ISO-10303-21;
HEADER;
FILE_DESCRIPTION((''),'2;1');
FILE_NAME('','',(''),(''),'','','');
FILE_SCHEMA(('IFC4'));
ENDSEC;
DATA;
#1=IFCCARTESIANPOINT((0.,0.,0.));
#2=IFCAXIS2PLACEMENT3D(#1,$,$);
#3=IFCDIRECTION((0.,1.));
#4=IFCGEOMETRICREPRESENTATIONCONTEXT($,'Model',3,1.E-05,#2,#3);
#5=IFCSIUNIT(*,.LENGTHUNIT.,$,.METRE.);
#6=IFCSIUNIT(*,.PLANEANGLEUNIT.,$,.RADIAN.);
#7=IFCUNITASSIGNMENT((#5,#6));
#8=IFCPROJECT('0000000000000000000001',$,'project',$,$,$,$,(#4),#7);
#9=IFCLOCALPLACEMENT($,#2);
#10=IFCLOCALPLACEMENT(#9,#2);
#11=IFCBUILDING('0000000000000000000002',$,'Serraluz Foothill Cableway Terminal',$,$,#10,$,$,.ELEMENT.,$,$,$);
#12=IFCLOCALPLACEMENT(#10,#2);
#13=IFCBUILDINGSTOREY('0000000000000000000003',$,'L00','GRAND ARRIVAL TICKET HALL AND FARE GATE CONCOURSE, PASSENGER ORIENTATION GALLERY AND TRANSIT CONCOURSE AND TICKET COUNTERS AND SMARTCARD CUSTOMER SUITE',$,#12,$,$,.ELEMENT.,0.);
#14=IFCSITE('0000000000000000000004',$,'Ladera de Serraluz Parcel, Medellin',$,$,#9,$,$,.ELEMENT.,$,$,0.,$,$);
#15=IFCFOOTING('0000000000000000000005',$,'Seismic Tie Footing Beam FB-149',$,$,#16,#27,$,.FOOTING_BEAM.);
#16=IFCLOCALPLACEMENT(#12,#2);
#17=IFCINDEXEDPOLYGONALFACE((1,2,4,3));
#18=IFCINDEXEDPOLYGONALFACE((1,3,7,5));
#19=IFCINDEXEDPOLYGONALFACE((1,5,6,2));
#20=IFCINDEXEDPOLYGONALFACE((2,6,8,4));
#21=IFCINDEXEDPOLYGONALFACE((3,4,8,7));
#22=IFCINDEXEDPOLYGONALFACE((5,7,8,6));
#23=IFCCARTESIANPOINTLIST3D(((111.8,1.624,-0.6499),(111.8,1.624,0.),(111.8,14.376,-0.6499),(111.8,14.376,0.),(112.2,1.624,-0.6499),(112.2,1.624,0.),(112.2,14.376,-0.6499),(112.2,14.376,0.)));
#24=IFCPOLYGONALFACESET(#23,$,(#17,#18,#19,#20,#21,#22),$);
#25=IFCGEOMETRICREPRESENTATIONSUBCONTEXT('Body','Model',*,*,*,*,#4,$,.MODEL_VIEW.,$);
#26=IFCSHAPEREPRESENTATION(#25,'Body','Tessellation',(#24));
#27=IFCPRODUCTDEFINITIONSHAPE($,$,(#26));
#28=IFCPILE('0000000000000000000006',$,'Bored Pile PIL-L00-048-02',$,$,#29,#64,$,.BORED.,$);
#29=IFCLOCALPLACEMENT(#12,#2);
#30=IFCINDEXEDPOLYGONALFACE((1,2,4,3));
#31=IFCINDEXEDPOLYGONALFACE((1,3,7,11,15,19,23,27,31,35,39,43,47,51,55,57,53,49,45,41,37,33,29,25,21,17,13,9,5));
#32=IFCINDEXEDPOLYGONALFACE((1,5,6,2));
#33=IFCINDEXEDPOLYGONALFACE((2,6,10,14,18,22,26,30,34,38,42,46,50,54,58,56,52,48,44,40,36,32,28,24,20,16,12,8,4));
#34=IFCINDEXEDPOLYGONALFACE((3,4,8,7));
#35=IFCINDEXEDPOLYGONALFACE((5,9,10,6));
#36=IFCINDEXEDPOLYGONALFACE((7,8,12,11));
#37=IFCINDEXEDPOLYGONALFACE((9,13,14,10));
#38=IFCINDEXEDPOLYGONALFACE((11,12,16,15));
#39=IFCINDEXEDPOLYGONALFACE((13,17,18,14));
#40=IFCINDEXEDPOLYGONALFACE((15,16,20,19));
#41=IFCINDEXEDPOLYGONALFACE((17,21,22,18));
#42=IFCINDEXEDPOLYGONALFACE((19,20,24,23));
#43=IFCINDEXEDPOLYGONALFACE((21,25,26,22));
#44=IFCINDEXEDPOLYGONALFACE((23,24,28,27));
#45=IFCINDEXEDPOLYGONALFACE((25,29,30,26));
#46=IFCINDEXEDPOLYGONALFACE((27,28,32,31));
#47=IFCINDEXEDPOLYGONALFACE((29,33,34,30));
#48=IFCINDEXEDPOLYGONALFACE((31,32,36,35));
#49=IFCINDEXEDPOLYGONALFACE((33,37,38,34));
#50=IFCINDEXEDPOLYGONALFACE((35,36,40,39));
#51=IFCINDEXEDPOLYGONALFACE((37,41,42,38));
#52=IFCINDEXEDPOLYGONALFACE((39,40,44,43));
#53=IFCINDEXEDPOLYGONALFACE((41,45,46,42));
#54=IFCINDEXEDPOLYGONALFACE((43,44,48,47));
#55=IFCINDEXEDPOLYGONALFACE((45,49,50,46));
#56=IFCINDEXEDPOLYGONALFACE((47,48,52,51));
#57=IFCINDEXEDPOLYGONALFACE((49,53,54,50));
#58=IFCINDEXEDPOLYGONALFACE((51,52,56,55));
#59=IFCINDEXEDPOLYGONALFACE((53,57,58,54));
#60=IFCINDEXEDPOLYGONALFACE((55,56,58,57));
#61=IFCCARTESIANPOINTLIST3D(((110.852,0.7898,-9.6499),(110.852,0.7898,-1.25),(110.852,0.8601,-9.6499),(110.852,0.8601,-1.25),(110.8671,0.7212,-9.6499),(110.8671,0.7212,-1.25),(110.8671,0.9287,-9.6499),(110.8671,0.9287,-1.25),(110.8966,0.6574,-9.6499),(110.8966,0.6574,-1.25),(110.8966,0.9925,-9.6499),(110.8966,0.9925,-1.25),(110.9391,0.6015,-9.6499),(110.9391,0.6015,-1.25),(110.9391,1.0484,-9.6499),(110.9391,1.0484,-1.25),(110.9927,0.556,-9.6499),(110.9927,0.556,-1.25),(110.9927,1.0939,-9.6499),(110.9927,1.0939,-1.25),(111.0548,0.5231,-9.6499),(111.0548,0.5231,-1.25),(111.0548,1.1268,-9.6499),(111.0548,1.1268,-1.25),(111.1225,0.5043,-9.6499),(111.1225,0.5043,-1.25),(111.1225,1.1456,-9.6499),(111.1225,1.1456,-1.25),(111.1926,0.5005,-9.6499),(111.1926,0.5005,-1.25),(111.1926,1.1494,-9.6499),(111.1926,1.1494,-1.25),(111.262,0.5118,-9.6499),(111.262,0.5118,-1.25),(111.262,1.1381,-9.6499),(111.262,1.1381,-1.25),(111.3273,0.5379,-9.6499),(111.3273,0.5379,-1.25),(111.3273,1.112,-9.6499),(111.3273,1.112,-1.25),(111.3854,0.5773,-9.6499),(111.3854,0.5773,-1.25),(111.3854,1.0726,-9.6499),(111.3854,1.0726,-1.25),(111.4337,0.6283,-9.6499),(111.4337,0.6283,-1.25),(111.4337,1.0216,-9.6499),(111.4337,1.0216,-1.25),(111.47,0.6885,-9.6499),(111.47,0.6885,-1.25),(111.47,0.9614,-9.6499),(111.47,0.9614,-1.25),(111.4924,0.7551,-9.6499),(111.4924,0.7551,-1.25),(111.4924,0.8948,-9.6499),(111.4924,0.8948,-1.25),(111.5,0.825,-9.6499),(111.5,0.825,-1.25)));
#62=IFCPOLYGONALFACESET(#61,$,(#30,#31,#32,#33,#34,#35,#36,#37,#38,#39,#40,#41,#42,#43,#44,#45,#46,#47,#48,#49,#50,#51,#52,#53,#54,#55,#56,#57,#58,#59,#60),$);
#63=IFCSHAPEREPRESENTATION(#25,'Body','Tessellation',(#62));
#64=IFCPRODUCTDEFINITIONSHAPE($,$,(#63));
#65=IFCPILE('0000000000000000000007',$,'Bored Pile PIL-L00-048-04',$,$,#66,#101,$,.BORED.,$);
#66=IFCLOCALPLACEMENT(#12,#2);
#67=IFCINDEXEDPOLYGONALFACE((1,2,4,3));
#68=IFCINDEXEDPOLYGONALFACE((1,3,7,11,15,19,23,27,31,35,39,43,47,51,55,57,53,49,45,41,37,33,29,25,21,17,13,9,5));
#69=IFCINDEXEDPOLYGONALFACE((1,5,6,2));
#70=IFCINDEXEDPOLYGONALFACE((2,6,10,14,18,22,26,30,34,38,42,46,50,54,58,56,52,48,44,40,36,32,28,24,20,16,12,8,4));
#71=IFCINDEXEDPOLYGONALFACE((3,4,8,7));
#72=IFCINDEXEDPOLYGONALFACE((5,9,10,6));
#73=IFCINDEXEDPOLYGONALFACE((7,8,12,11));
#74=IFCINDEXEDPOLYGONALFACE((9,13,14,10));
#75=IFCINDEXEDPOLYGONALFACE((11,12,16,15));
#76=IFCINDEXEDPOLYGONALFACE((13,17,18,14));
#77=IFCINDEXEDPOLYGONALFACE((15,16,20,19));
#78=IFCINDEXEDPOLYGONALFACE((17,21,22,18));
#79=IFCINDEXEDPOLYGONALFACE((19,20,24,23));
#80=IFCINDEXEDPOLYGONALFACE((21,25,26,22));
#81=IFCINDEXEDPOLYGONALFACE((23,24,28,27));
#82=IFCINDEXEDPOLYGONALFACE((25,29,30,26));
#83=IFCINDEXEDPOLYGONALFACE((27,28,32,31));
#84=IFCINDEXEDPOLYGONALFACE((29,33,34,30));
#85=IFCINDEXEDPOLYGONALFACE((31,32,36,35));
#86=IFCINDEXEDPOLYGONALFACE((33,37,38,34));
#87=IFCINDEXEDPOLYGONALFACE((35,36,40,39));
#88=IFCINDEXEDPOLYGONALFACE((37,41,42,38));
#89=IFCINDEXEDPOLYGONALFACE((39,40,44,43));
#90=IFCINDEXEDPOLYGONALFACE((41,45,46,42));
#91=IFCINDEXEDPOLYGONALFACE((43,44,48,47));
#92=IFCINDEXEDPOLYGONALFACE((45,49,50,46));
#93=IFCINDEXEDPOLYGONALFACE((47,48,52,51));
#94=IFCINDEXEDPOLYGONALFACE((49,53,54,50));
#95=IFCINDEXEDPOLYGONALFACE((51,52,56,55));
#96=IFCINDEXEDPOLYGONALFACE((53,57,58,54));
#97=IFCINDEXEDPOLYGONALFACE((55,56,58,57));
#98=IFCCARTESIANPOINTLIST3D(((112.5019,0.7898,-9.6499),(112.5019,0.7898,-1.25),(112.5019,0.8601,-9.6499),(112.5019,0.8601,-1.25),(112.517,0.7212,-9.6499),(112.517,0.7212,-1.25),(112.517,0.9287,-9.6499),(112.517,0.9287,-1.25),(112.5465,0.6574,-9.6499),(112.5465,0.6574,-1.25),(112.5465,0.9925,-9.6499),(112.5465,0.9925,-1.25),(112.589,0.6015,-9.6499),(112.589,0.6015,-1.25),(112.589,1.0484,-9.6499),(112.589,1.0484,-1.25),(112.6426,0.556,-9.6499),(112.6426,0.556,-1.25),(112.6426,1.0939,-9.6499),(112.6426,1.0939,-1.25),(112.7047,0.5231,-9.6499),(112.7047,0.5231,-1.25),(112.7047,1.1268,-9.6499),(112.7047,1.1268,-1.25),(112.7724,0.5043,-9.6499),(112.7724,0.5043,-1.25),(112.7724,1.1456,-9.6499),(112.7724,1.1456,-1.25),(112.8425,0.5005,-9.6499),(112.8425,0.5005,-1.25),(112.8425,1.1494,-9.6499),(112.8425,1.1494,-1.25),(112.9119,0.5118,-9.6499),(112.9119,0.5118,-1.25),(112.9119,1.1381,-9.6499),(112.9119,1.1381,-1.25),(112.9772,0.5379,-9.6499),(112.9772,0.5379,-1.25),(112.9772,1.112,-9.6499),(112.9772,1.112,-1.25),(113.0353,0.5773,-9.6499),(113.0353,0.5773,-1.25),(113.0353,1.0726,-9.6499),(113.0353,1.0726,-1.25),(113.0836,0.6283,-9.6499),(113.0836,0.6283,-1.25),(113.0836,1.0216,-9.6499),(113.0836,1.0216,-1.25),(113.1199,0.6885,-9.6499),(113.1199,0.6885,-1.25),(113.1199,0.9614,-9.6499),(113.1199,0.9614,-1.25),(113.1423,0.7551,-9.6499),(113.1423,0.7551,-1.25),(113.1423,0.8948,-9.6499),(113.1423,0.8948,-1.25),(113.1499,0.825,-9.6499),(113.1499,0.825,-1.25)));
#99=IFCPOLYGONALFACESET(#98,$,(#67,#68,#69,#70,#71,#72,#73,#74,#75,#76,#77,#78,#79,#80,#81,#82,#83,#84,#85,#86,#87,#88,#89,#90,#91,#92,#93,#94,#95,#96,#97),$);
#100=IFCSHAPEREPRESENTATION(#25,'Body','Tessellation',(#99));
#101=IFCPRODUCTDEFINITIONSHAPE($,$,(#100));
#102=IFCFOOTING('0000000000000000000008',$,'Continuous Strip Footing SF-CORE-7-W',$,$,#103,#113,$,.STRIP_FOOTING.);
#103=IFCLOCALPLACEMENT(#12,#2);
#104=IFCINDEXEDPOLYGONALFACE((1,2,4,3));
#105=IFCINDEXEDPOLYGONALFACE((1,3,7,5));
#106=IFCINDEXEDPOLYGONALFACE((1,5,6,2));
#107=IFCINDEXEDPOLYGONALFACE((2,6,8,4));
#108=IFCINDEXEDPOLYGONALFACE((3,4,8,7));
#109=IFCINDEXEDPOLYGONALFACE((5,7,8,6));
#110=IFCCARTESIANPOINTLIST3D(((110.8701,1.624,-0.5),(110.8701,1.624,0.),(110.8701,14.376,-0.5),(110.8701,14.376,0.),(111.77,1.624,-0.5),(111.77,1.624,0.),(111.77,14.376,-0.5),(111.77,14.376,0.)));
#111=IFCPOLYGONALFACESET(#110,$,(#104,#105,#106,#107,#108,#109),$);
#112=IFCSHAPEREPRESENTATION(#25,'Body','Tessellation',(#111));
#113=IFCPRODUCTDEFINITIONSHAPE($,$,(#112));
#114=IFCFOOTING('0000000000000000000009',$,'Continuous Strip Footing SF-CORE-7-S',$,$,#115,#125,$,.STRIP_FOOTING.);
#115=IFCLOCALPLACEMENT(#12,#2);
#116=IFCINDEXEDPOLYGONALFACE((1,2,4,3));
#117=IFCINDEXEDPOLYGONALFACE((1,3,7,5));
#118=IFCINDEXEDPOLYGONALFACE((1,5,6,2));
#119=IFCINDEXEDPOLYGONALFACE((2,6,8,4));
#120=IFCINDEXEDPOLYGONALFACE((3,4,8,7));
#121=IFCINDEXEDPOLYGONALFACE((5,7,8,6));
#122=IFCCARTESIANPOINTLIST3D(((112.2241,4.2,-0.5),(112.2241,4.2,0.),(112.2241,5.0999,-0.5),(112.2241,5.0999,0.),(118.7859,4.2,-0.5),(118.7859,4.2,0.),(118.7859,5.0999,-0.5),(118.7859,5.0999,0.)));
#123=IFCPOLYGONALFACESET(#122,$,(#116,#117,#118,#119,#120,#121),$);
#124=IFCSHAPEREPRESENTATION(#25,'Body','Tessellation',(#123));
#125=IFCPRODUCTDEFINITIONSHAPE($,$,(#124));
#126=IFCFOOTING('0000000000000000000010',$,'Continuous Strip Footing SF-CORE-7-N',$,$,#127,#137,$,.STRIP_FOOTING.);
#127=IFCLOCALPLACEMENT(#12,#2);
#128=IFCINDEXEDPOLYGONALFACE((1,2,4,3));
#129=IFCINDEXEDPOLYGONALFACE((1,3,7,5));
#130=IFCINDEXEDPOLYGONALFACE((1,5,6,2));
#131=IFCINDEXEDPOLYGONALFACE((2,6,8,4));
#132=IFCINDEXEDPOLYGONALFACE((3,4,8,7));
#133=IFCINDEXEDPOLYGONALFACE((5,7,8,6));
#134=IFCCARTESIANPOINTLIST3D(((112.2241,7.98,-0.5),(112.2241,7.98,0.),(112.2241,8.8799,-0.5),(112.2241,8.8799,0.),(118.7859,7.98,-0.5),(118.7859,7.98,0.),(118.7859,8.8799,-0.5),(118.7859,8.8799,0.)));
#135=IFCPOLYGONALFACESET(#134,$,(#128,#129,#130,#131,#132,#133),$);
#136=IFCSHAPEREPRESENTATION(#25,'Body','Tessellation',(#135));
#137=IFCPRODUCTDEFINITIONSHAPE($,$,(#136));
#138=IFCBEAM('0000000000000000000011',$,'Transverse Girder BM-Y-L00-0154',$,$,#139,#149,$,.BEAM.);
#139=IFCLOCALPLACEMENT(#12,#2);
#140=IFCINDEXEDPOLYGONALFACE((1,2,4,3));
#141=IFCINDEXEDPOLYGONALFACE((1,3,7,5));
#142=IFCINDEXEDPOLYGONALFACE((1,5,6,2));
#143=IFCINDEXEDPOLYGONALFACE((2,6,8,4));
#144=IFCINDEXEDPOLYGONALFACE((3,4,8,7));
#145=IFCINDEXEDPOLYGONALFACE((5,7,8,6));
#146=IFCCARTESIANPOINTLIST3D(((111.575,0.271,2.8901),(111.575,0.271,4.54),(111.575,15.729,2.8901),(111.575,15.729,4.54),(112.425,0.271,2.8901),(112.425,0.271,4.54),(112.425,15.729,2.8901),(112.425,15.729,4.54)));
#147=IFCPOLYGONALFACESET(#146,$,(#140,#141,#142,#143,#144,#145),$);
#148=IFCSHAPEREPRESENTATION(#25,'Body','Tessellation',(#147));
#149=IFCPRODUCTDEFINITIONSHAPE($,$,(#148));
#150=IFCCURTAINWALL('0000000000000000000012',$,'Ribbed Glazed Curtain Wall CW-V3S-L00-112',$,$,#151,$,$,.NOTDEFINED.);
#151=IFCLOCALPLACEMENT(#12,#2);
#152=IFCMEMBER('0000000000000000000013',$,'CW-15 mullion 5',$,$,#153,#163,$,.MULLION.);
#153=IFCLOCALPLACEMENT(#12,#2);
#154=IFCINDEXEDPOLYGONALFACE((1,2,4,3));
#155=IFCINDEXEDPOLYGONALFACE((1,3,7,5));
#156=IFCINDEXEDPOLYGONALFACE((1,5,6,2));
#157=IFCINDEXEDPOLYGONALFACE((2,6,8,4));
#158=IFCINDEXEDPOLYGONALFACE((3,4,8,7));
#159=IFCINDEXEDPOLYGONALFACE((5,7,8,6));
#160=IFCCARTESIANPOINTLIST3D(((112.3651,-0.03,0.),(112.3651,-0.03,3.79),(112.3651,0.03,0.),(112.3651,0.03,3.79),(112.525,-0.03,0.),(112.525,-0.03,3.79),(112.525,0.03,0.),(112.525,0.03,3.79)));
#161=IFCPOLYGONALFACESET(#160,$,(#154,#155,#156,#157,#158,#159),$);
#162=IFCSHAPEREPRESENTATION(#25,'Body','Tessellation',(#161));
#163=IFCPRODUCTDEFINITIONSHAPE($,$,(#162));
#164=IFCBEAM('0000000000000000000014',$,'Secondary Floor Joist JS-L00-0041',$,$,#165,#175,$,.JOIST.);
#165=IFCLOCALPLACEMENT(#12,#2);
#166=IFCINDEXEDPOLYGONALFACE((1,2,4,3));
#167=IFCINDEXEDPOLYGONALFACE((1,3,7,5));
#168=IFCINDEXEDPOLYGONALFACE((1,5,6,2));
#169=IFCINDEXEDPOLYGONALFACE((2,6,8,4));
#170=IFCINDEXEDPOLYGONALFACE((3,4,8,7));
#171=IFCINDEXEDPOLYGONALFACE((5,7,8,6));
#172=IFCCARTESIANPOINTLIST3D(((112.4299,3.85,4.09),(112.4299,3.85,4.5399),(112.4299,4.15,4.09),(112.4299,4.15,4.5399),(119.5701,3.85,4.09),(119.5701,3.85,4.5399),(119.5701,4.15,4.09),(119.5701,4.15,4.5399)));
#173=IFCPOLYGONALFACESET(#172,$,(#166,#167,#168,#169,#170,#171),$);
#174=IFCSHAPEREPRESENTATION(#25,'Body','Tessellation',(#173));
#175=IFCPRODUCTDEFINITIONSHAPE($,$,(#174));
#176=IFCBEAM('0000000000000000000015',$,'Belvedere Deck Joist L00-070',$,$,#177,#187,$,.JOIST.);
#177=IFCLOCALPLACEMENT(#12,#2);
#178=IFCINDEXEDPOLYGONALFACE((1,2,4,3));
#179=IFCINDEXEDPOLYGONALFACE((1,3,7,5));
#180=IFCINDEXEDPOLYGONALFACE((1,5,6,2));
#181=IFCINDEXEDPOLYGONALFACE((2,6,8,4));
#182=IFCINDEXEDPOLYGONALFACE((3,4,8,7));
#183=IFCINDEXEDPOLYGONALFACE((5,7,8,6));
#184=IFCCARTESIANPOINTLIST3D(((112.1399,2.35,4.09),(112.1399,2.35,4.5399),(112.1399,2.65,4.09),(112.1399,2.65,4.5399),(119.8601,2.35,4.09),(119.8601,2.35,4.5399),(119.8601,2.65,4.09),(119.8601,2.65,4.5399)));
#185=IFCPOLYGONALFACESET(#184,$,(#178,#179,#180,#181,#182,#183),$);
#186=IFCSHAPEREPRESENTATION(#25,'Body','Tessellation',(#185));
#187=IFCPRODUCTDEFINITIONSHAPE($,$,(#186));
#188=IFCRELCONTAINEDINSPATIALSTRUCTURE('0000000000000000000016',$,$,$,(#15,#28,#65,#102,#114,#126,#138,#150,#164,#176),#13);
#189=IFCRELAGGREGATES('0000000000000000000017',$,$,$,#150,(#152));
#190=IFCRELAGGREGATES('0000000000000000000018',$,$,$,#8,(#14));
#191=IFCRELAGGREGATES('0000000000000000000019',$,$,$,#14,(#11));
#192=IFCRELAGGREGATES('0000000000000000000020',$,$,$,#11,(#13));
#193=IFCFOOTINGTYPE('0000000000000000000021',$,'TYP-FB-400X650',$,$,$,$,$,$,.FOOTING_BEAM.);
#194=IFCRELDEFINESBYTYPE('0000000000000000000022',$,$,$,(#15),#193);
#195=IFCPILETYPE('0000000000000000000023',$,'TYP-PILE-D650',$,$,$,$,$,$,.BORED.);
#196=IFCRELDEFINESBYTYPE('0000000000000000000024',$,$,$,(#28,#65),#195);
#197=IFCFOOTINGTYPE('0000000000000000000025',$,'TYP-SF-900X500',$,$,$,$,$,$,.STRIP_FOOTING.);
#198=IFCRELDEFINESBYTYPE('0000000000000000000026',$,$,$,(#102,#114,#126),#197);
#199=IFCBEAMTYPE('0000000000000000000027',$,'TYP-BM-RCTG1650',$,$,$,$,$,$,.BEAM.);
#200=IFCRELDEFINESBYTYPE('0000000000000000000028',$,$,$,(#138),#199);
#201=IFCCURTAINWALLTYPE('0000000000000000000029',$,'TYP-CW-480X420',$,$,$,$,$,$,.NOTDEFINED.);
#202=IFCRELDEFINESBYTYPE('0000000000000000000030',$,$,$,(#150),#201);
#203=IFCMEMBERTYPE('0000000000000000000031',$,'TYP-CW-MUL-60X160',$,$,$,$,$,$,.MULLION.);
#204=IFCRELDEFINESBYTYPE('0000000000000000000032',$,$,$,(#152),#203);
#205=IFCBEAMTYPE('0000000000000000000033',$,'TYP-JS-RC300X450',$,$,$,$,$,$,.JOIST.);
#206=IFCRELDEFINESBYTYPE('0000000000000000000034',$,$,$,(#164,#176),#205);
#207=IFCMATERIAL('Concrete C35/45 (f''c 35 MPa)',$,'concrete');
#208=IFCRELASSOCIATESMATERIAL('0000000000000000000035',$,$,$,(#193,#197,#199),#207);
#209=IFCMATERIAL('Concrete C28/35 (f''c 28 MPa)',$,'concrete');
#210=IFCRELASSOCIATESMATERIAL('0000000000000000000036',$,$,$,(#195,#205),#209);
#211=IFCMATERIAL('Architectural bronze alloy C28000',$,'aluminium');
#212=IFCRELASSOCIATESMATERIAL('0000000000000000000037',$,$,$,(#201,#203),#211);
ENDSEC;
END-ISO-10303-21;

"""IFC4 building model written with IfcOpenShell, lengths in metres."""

from ifc_helpers import new_model, si_unit, direction, frame, origin, origin_2d, place, context, subcontext, project, spatial, rectangle, circle, extrude, material, material_profile, profile_set, type_object, element, aggregate, save


model = new_model("IFC4")

# Units and contexts
model_context = context("Model", 3, precision=1e-05, world=origin(), true_north=direction((0.0, 1.0)))
body_context = subcontext(model_context, "Body", "Model", "MODEL_VIEW")
ifc_project = project(units=[si_unit("LENGTHUNIT", "METRE"), si_unit("PLANEANGLEUNIT", "RADIAN")], contexts=[model_context])

# Site, building, storey
site_placement = place(None, origin())
site = spatial("IfcSite", under=ifc_project, at=site_placement, Name="Ladera de Serraluz Parcel, Medellin", CompositionType="ELEMENT", RefElevation=0.0)
building_placement = place(site_placement, origin())
building = spatial("IfcBuilding", under=site, at=building_placement, Name="Serraluz Foothill Cableway Terminal", CompositionType="ELEMENT")
storey_placement = place(building_placement, origin())
storey = spatial("IfcBuildingStorey", under=building, at=storey_placement, Name="L00", Description="GRAND ARRIVAL TICKET HALL AND FARE GATE CONCOURSE, PASSENGER ORIENTATION GALLERY AND TRANSIT CONCOURSE AND TICKET COUNTERS AND SMARTCARD CUSTOMER SUITE", CompositionType="ELEMENT", Elevation=0.0)

# Footing
ifc_material_1 = material(Name="Concrete C35/45 (f'c 35 MPa)", Category="concrete")
ifc_material_profile_1 = material_profile(ifc_material_1, rectangle(XDim=0.3999, YDim=0.6499, at=origin_2d()), Name="RC 400x650")
ifc_profile_set_1 = profile_set([ifc_material_profile_1], Name="Concrete C35/45 (f'c 35 MPa)")
footing_type_1 = type_object("IfcFootingType", Name="TYP-FB-400X650", PredefinedType="FOOTING_BEAM", material=ifc_profile_set_1)
footing_1_placement = place(storey_placement, frame((112.0, 1.624, -0.325), z_axis=(0.0, 1.0, 0.0), x_axis=(-1.0, 0.0, 0.0)))
element("IfcFooting", 1, at=footing_1_placement, inside=storey, type_object=footing_type_1, Name="Seismic Tie Footing Beam FB-149", PredefinedType="FOOTING_BEAM", context=body_context, shape_type="SweptSolid", body=[
    extrude(rectangle(XDim=0.3999, YDim=0.6499, at=origin_2d()), origin(), (0.0, 0.0, 1.0), 12.752),
])

# Piles
ifc_material_2 = material(Name="Concrete C28/35 (f'c 28 MPa)", Category="concrete")
ifc_material_profile_2 = material_profile(ifc_material_2, circle(Radius=0.325, at=origin_2d()), Name="BORED PILE D650")
ifc_profile_set_2 = profile_set([ifc_material_profile_2], Name="Concrete C28/35 (f'c 28 MPa)")
pile_type = type_object("IfcPileType", Name="TYP-PILE-D650", PredefinedType="BORED", material=ifc_profile_set_2)
for number, where, z_axis, x_axis, name in (
    (2, (111.175, 0.825, -1.25), (0.0, 0.0, -1.0), (1.0, 0.0, 0.0), "Bored Pile PIL-L00-048-02"),
    (3, (112.825, 0.825, -1.25), (0.0, 0.0, -1.0), (1.0, 0.0, 0.0), "Bored Pile PIL-L00-048-04"),
):
    element("IfcPile", number, at=place(storey_placement, frame(where, z_axis=z_axis, x_axis=x_axis)), inside=storey, type_object=pile_type, Name=name, PredefinedType="BORED", context=body_context, shape_type="SweptSolid", body=[
        extrude(circle(Radius=0.325, at=origin_2d()), origin(), (0.0, 0.0, 1.0), 8.3999),
    ])

# Footings
ifc_material_profile_3 = material_profile(ifc_material_1, rectangle(XDim=0.8999, YDim=0.5, at=origin_2d()), Name="SF 900x500")
ifc_profile_set_3 = profile_set([ifc_material_profile_3], Name="Concrete C35/45 (f'c 35 MPa)")
footing_type_2 = type_object("IfcFootingType", Name="TYP-SF-900X500", PredefinedType="STRIP_FOOTING", material=ifc_profile_set_3)
footing_2_placement = place(storey_placement, frame((111.3201, 1.624, -0.25), z_axis=(0.0, 1.0, 0.0), x_axis=(-1.0, 0.0, 0.0)))
element("IfcFooting", 4, at=footing_2_placement, inside=storey, type_object=footing_type_2, Name="Continuous Strip Footing SF-CORE-7-W", PredefinedType="STRIP_FOOTING", context=body_context, shape_type="SweptSolid", body=[
    extrude(rectangle(XDim=0.8999, YDim=0.5, at=origin_2d()), origin(), (0.0, 0.0, 1.0), 12.752),
])
for number, where, z_axis, x_axis, name in (
    (5, (112.2241, 4.6499, -0.25), (1.0, 0.0, 0.0), (0.0, 1.0, 0.0), "Continuous Strip Footing SF-CORE-7-S"),
    (6, (112.2241, 8.4299, -0.25), (1.0, 0.0, 0.0), (0.0, 1.0, 0.0), "Continuous Strip Footing SF-CORE-7-N"),
):
    element("IfcFooting", number, at=place(storey_placement, frame(where, z_axis=z_axis, x_axis=x_axis)), inside=storey, type_object=footing_type_2, Name=name, PredefinedType="STRIP_FOOTING", context=body_context, shape_type="SweptSolid", body=[
        extrude(rectangle(XDim=0.8999, YDim=0.5, at=origin_2d()), origin(), (0.0, 0.0, 1.0), 6.5618),
    ])

# Beam
ifc_material_profile_4 = material_profile(ifc_material_1, rectangle(XDim=0.8501, YDim=1.6499, at=origin_2d()), Name="RC TG 850x1650")
ifc_profile_set_4 = profile_set([ifc_material_profile_4], Name="Concrete C35/45 (f'c 35 MPa)")
beam_type_1 = type_object("IfcBeamType", Name="TYP-BM-RCTG1650", PredefinedType="BEAM", material=ifc_profile_set_4)
beam_1_placement = place(storey_placement, frame((112.0, 0.271, 3.7151), z_axis=(0.0, 1.0, 0.0), x_axis=(-1.0, 0.0, 0.0)))
element("IfcBeam", 7, at=beam_1_placement, inside=storey, type_object=beam_type_1, Name="Transverse Girder BM-Y-L00-0154", PredefinedType="BEAM", context=body_context, shape_type="SweptSolid", body=[
    extrude(rectangle(XDim=0.8501, YDim=1.6499, at=origin_2d()), origin(), (0.0, 0.0, 1.0), 15.458),
])

# Curtain wall, member
ifc_material_3 = material(Name="Architectural bronze alloy C28000", Category="aluminium")
curtain_wall_type = type_object("IfcCurtainWallType", Name="TYP-CW-480X420", PredefinedType="NOTDEFINED", material=ifc_material_3)
curtain_wall_placement = place(storey_placement, origin())
curtain_wall = element("IfcCurtainWall", 8, at=curtain_wall_placement, inside=storey, type_object=curtain_wall_type, Name="Ribbed Glazed Curtain Wall CW-V3S-L00-112", PredefinedType="NOTDEFINED")
ifc_material_profile_5 = material_profile(ifc_material_3, rectangle(XDim=0.0601, YDim=0.1599, at=origin_2d()), Name="ALU MULLION 60x160")
ifc_profile_set_5 = profile_set([ifc_material_profile_5], Name="Architectural bronze alloy C28000")
member_type = type_object("IfcMemberType", Name="TYP-CW-MUL-60X160", PredefinedType="MULLION", material=ifc_profile_set_5)
member_placement = place(storey_placement, frame((112.4451, 0.0, 0.0), z_axis=(0.0, 0.0, 1.0), x_axis=(0.0, -1.0, 0.0)))
member = element("IfcMember", 9, at=member_placement, type_object=member_type, Name="CW-15 mullion 5", PredefinedType="MULLION", context=body_context, shape_type="SweptSolid", body=[
    extrude(rectangle(XDim=0.0601, YDim=0.1599, at=origin_2d()), origin(), (0.0, 0.0, 1.0), 3.79),
])

# Beams
ifc_material_profile_6 = material_profile(ifc_material_2, rectangle(XDim=0.3, YDim=0.45, at=origin_2d()), Name="RC 300x450")
ifc_profile_set_6 = profile_set([ifc_material_profile_6], Name="Concrete C28/35 (f'c 28 MPa)")
beam_type_2 = type_object("IfcBeamType", Name="TYP-JS-RC300X450", PredefinedType="JOIST", material=ifc_profile_set_6)
beam_2_placement = place(storey_placement, frame((112.4299, 4.0, 4.3149), z_axis=(1.0, 0.0, 0.0), x_axis=(0.0, 1.0, 0.0)))
element("IfcBeam", 10, at=beam_2_placement, inside=storey, type_object=beam_type_2, Name="Secondary Floor Joist JS-L00-0041", PredefinedType="JOIST", context=body_context, shape_type="SweptSolid", body=[
    extrude(rectangle(XDim=0.3, YDim=0.45, at=origin_2d()), origin(), (0.0, 0.0, 1.0), 7.1401),
])
beam_3_placement = place(storey_placement, frame((112.1399, 2.5, 4.3149), z_axis=(1.0, 0.0, 0.0), x_axis=(0.0, 1.0, 0.0)))
element("IfcBeam", 11, at=beam_3_placement, inside=storey, type_object=beam_type_2, Name="Belvedere Deck Joist L00-070", PredefinedType="JOIST", context=body_context, shape_type="SweptSolid", body=[
    extrude(rectangle(XDim=0.3, YDim=0.45, at=origin_2d()), origin(), (0.0, 0.0, 1.0), 7.7202),
])

aggregate(curtain_wall, [member])

save(model, "model.ifc")
